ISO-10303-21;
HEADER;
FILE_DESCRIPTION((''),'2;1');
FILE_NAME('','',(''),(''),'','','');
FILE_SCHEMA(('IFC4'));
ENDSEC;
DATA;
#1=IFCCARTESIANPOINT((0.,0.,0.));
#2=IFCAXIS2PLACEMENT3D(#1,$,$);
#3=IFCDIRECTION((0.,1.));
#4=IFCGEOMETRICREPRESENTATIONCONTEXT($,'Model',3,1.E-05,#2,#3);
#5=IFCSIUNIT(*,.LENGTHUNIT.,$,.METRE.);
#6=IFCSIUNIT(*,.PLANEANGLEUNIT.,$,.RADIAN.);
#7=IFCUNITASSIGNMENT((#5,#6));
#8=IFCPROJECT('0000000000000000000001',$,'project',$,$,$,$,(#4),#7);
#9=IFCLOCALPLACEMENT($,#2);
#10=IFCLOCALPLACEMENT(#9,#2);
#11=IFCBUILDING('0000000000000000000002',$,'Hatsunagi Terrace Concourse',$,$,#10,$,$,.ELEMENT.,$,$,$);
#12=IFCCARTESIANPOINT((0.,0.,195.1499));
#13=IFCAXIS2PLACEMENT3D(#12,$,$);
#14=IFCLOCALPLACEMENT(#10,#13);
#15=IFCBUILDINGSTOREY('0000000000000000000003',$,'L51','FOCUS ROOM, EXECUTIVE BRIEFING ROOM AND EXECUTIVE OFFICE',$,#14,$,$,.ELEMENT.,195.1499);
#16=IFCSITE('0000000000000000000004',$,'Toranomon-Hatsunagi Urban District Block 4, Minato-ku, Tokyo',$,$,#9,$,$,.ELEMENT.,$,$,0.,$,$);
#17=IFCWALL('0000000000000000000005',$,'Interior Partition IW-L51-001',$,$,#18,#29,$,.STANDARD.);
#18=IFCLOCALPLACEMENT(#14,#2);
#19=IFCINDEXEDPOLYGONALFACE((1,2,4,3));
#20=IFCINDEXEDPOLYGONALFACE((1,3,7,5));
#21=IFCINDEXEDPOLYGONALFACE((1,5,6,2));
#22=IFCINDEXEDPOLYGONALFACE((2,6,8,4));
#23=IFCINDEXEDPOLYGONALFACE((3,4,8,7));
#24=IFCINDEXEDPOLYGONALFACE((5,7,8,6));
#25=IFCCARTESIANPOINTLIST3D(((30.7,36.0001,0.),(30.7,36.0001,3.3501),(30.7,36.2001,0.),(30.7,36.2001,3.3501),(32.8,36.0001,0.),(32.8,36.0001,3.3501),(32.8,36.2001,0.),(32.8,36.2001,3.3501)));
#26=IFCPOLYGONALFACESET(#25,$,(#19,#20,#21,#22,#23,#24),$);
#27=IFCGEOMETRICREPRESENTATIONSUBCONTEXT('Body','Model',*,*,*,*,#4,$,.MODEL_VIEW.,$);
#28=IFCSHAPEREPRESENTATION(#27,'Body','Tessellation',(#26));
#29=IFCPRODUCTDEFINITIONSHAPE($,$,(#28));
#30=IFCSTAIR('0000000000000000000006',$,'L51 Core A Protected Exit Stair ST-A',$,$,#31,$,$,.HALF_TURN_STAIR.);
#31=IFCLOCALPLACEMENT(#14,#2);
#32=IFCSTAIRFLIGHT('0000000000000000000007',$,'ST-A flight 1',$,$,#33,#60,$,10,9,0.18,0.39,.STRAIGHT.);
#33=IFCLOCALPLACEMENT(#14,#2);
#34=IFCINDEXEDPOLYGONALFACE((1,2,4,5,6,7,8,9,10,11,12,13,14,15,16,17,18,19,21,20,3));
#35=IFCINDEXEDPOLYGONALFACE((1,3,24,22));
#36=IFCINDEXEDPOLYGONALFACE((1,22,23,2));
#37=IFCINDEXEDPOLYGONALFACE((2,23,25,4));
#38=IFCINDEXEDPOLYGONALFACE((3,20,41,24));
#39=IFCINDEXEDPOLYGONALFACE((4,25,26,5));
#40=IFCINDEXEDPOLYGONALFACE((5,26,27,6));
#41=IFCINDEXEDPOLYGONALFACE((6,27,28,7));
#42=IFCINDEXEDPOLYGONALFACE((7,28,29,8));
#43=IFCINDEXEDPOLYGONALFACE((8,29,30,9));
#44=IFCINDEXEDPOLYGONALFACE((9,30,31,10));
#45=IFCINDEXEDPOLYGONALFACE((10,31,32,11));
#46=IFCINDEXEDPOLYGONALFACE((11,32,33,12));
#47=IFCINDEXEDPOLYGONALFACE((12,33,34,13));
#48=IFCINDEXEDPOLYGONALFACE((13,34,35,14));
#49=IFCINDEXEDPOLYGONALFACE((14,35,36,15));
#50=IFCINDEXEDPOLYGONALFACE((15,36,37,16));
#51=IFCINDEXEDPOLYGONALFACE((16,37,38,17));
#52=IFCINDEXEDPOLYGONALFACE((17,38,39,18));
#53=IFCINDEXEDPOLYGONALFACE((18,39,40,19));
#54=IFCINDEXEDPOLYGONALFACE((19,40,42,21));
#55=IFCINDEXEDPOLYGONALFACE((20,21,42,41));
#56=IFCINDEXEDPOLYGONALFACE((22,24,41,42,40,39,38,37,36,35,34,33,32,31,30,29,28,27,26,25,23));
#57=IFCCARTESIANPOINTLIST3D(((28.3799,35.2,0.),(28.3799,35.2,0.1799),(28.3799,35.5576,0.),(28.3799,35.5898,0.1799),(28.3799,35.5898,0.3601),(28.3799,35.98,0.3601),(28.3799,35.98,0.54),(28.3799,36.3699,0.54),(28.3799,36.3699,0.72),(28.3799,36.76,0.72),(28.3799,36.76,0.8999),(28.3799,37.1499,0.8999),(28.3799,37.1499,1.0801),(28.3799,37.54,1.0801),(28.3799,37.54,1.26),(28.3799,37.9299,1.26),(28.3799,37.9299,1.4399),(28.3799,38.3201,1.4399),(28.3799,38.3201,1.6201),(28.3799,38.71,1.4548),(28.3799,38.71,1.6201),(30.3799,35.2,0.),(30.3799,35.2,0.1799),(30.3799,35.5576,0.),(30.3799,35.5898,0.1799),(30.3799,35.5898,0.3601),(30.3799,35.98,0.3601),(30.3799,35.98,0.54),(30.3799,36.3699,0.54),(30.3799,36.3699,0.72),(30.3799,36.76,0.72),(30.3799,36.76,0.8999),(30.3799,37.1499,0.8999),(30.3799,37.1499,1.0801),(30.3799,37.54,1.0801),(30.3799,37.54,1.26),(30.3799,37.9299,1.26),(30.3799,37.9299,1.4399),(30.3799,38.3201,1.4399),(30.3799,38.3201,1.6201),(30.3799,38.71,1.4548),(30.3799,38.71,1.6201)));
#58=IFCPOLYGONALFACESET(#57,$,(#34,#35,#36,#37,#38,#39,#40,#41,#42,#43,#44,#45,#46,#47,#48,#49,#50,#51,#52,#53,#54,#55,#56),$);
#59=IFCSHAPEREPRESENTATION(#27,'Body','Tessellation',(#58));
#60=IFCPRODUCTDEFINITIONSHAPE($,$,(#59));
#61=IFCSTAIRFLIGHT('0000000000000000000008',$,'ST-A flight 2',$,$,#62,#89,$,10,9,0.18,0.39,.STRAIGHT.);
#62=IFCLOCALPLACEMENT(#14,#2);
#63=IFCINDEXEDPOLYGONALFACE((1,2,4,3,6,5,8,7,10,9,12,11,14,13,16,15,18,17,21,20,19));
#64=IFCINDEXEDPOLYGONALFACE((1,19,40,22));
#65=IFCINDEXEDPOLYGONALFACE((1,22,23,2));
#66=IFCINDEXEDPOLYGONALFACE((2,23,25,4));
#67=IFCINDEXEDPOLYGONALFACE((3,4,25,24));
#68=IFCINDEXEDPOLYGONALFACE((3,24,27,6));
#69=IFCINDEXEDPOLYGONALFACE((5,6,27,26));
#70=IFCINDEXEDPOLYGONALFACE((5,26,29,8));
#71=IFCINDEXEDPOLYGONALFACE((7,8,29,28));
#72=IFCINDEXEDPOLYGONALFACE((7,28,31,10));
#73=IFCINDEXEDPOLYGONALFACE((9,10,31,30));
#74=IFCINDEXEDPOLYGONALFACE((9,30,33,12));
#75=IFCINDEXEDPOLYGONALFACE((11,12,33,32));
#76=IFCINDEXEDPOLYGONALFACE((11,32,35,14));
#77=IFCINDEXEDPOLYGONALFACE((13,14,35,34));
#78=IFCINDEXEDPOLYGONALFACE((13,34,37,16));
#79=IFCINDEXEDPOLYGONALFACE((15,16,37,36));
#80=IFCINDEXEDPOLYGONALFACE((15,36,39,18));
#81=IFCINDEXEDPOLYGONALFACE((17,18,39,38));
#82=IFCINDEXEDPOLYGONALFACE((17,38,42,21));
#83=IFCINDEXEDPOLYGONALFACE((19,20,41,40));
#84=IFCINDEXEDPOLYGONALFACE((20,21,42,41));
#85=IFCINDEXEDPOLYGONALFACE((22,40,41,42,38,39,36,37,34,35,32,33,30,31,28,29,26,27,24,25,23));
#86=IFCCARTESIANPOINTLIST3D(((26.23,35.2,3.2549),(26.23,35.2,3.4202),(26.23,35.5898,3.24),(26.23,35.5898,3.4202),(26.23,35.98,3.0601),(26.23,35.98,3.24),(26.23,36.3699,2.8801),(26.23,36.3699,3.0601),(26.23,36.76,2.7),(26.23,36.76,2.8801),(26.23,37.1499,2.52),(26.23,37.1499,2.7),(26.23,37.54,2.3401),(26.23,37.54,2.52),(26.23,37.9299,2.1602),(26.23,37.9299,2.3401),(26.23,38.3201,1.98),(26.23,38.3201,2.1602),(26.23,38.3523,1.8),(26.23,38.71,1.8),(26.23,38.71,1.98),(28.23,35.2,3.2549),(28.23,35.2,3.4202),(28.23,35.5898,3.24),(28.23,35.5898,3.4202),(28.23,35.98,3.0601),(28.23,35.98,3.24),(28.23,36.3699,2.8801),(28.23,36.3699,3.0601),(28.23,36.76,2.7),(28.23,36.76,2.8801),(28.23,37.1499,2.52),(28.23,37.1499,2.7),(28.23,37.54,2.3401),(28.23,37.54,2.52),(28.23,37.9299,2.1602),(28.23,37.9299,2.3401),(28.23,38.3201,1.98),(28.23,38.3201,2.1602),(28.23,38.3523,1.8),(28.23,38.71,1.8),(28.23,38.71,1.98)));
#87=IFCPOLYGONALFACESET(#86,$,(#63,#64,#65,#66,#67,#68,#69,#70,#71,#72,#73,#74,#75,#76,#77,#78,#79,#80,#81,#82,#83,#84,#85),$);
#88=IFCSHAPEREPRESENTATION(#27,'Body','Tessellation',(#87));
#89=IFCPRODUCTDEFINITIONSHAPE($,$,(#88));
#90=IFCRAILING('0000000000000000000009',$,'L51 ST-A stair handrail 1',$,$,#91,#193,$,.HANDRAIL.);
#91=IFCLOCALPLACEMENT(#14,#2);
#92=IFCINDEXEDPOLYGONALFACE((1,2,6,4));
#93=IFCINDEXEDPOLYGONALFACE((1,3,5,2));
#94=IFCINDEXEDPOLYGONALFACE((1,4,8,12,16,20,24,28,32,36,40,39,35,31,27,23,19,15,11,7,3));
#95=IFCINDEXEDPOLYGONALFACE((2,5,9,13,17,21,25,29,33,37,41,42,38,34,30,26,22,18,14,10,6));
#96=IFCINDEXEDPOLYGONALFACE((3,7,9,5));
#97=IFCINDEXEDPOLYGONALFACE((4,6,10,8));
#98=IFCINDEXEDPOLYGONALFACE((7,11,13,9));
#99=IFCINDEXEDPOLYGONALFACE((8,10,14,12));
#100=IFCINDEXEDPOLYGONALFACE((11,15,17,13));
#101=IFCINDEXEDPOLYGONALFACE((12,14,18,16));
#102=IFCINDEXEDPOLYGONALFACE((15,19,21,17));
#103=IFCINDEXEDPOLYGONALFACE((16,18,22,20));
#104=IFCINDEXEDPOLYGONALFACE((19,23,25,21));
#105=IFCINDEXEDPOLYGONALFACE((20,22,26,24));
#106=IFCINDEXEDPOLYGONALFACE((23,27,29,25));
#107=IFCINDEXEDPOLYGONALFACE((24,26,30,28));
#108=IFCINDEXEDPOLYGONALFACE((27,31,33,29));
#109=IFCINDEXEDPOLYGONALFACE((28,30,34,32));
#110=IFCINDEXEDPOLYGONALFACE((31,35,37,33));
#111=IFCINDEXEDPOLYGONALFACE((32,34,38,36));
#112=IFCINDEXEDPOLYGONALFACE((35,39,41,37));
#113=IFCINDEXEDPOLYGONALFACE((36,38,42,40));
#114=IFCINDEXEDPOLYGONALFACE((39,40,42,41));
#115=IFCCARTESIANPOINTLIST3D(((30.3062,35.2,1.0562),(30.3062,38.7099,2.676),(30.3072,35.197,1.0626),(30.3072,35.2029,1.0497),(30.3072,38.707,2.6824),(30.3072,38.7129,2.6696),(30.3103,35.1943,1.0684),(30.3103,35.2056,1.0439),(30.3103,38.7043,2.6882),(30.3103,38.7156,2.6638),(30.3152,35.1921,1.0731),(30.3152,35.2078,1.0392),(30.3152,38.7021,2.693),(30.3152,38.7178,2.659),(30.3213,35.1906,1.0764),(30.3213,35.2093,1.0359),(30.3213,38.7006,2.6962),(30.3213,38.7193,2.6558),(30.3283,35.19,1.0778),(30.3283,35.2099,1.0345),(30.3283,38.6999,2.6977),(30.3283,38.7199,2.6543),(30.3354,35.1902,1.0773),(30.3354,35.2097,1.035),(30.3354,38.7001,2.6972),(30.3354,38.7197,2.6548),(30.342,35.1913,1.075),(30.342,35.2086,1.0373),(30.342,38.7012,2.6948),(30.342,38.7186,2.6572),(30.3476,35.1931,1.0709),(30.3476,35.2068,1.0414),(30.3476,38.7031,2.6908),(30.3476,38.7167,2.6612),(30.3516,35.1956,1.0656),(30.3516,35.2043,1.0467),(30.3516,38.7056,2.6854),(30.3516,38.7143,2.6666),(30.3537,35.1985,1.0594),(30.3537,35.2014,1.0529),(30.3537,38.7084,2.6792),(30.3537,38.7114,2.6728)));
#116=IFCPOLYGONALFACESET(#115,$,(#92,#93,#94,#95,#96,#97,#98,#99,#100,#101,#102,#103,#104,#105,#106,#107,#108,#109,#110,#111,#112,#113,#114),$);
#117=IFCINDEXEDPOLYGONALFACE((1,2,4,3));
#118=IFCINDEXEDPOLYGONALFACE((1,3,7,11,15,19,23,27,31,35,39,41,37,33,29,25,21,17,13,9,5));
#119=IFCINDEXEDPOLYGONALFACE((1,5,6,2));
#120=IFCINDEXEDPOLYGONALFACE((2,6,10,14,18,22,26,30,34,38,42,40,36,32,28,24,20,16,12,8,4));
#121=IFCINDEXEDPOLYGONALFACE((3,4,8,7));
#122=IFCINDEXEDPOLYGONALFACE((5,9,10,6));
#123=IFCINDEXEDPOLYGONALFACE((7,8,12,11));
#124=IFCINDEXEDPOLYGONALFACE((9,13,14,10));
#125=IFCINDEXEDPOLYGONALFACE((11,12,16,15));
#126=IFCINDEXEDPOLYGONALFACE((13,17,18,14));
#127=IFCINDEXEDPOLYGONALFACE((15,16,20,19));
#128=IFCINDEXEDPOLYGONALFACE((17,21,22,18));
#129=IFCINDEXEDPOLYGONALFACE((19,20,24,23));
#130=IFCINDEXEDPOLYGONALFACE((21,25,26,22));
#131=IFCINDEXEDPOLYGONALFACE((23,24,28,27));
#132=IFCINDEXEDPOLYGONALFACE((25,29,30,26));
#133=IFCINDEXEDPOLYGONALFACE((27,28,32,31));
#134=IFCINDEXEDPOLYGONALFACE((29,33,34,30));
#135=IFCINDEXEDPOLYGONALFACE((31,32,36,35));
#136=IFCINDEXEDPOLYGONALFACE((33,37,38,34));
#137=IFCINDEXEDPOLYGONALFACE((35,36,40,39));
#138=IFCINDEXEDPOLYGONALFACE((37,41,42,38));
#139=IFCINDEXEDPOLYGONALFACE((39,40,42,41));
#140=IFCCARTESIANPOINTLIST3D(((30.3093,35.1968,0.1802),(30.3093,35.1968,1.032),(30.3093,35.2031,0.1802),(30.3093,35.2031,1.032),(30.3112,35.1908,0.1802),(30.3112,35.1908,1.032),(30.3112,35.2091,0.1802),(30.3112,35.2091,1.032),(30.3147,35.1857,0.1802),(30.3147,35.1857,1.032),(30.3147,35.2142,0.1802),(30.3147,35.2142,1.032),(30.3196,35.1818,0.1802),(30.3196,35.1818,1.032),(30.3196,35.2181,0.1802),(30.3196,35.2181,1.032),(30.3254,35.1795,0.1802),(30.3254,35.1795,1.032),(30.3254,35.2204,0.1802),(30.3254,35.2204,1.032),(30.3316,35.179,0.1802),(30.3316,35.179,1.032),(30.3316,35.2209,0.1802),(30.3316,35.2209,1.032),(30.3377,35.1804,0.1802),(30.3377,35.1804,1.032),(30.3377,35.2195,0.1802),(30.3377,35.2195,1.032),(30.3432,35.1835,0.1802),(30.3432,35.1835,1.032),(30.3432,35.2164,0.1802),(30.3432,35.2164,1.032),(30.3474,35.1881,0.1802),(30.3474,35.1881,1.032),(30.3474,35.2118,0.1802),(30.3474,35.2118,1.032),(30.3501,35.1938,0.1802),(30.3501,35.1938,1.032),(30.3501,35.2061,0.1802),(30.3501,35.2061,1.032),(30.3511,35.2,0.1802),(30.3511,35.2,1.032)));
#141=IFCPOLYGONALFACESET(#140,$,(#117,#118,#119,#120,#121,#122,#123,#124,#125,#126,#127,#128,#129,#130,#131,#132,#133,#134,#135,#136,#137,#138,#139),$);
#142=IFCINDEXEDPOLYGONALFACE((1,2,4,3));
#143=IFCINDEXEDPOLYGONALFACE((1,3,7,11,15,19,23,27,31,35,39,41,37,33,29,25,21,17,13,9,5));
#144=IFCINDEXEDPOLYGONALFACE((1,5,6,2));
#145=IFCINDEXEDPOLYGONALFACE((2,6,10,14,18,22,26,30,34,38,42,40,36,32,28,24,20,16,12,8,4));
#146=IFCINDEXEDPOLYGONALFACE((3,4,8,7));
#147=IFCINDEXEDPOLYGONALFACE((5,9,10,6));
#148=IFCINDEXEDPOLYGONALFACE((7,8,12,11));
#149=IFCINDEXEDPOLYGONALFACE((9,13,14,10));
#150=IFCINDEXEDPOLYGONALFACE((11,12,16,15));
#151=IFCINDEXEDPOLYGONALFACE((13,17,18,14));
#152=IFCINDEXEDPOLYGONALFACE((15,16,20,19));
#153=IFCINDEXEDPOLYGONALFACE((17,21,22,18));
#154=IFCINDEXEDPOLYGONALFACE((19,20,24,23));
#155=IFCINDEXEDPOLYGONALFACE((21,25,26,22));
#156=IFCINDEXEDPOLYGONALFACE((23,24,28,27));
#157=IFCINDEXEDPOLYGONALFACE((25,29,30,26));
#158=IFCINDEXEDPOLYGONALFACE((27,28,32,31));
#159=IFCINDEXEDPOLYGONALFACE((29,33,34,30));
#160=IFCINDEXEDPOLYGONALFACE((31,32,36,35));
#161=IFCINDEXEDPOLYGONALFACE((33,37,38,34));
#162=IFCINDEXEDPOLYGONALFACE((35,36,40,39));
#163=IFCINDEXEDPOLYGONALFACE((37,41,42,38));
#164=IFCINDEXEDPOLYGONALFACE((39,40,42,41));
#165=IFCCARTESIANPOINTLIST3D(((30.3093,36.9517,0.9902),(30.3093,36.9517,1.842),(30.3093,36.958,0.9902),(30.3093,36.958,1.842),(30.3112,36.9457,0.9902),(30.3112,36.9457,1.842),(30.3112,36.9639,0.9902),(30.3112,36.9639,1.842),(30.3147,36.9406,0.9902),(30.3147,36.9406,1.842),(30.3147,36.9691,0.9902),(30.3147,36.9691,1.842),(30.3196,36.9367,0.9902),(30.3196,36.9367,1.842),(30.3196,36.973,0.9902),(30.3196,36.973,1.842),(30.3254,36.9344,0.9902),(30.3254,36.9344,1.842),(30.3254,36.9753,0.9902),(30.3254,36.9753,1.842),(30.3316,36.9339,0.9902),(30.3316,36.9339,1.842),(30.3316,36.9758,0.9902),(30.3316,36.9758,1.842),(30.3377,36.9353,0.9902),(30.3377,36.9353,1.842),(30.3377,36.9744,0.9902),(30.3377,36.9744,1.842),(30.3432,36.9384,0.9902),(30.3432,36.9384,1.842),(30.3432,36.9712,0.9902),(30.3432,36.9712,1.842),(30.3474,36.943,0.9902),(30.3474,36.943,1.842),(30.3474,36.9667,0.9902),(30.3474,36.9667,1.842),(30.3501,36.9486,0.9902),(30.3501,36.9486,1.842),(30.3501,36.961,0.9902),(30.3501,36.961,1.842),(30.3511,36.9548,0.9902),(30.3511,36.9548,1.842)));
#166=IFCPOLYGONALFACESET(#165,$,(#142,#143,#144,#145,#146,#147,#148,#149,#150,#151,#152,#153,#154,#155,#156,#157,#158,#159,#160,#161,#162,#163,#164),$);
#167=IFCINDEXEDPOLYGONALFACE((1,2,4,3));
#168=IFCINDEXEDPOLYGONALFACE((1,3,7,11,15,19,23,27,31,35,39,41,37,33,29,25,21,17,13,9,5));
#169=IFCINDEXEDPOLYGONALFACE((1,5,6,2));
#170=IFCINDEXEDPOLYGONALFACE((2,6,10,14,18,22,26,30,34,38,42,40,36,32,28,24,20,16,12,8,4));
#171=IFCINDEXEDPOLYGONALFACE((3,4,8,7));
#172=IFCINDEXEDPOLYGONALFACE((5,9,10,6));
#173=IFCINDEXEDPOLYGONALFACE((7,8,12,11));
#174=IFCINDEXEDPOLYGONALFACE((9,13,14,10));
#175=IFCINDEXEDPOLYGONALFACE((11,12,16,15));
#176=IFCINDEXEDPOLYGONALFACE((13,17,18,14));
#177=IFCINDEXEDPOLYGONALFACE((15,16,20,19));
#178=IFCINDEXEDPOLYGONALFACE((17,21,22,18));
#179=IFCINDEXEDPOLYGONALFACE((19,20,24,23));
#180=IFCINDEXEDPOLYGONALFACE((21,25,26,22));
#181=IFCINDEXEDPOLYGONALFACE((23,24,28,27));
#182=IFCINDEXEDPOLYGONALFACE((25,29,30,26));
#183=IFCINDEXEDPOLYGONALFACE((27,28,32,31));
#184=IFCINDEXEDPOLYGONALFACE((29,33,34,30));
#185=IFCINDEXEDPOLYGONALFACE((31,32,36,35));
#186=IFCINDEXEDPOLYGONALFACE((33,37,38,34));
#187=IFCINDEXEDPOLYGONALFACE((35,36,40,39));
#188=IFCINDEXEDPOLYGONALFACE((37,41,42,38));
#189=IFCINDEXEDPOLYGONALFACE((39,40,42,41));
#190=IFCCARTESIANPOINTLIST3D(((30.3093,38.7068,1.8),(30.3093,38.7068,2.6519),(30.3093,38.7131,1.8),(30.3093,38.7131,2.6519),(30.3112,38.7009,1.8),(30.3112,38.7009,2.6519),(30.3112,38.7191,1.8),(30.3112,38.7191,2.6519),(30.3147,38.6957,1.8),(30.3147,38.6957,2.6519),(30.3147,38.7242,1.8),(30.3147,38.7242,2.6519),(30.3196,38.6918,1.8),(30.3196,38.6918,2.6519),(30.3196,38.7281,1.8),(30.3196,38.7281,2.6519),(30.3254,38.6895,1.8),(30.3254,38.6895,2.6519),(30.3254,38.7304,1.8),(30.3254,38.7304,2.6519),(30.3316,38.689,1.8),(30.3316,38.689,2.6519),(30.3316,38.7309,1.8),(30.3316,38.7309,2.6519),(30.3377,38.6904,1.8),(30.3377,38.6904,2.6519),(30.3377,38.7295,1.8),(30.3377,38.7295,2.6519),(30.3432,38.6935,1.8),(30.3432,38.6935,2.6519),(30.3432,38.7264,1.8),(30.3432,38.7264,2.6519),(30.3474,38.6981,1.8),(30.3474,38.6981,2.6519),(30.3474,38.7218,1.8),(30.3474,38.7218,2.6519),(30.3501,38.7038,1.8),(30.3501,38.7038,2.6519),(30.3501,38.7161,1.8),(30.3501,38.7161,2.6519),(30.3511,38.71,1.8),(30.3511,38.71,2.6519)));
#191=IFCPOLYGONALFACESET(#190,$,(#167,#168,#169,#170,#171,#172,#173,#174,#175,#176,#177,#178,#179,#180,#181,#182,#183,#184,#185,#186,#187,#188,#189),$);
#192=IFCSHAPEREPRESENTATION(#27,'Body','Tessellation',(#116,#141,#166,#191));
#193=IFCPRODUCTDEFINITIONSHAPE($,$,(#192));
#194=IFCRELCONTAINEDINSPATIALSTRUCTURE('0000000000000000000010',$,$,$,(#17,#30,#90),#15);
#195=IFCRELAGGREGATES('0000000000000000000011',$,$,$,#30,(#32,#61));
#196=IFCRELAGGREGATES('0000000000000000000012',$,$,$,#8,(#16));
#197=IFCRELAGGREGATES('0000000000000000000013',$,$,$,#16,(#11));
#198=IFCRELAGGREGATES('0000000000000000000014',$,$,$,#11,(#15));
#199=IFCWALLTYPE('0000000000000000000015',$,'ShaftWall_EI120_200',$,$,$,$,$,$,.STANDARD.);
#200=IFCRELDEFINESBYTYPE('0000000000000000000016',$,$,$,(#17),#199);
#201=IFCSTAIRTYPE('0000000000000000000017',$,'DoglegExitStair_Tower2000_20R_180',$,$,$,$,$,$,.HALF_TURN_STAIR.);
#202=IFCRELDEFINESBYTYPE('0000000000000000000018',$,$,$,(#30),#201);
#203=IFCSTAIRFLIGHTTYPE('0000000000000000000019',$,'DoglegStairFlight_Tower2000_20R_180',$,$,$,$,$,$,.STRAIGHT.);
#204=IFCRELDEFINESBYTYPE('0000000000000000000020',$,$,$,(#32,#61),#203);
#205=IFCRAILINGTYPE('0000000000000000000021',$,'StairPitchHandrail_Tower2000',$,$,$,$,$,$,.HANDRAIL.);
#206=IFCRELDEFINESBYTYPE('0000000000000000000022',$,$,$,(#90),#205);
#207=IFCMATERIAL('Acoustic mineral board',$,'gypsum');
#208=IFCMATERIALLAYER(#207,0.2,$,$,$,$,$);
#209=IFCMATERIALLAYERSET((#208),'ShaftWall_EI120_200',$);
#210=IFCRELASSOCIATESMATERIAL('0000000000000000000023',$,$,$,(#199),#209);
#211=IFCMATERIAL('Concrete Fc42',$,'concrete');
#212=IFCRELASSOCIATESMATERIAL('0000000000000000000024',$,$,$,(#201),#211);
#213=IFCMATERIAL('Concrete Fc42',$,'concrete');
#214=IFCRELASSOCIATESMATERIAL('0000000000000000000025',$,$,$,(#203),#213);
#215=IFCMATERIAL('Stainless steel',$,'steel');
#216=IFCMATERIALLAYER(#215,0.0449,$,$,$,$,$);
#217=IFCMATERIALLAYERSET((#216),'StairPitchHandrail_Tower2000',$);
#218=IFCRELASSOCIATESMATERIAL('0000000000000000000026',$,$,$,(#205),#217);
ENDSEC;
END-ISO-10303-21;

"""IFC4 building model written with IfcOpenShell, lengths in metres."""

from ifc_helpers import new_model, si_unit, direction, frame, frame_2d, origin, origin_2d, place, context, subcontext, project, spatial, polyline, rectangle, circle, outline, extrude, material, layer, layer_set, type_object, element, aggregate, save


model = new_model("IFC4")

# Units and contexts
model_context = context("Model", 3, precision=1e-05, world=origin(), true_north=direction((0.0, 1.0)))
body_context = subcontext(model_context, "Body", "Model", "MODEL_VIEW")
ifc_project = project(units=[si_unit("LENGTHUNIT", "METRE"), si_unit("PLANEANGLEUNIT", "RADIAN")], contexts=[model_context])

# Site, building, storey
site_placement = place(None, origin())
site = spatial("IfcSite", under=ifc_project, at=site_placement, Name="Toranomon-Hatsunagi Urban District Block 4, Minato-ku, Tokyo", CompositionType="ELEMENT", RefElevation=0.0)
building_placement = place(site_placement, origin())
building = spatial("IfcBuilding", under=site, at=building_placement, Name="Hatsunagi Terrace Concourse", CompositionType="ELEMENT")
storey_placement = place(building_placement, frame((0.0, 0.0, 195.1499)))
storey = spatial("IfcBuildingStorey", under=building, at=storey_placement, Name="L51", Description="FOCUS ROOM, EXECUTIVE BRIEFING ROOM AND EXECUTIVE OFFICE", CompositionType="ELEMENT", Elevation=195.1499)

# Wall
ifc_material_1 = material(Name="Acoustic mineral board", Category="gypsum")
ifc_layer_1 = layer(ifc_material_1, 0.2)
ifc_layer_set_1 = layer_set([ifc_layer_1], Name="ShaftWall_EI120_200")
wall_type_1 = type_object("IfcWallType", Name="ShaftWall_EI120_200", PredefinedType="STANDARD", material=ifc_layer_set_1)
wall_1_placement = place(storey_placement, frame((30.7, 36.1001, 0.0), z_axis=(0.0, 0.0, 1.0), x_axis=(1.0, 0.0, 0.0)))
element("IfcWall", 1, at=wall_1_placement, inside=storey, type_object=wall_type_1, Name="Interior Partition IW-L51-001", PredefinedType="STANDARD", context=body_context, shape_type="SweptSolid", body=[
    extrude(rectangle(XDim=2.1001, YDim=0.2, at=frame_2d((1.05, 0.0))), origin(), (0.0, 0.0, 1.0), 3.3501),
])

# Stair, stair flights
ifc_material_2 = material(Name="Concrete Fc42", Category="concrete")
stair_type = type_object("IfcStairType", Name="DoglegExitStair_Tower2000_20R_180", PredefinedType="HALF_TURN_STAIR", material=ifc_material_2)
stair_placement = place(storey_placement, origin())
stair = element("IfcStair", 2, at=stair_placement, inside=storey, type_object=stair_type, Name="L51 Core A Protected Exit Stair ST-A", PredefinedType="HALF_TURN_STAIR")
ifc_material_3 = material(Name="Concrete Fc42", Category="concrete")
stair_flight_type = type_object("IfcStairFlightType", Name="DoglegStairFlight_Tower2000_20R_180", PredefinedType="STRAIGHT", material=ifc_material_3)
stair_flight_1_placement = place(storey_placement, frame((29.3799, 35.2, 0.0), z_axis=(0.0, 0.0, 1.0), x_axis=(0.0, 1.0, 0.0)))
stair_flight_1 = element("IfcStairFlight", 3, at=stair_flight_1_placement, type_object=stair_flight_type, Name="ST-A flight 1", NumberOfRisers=10, NumberOfTreads=9, PredefinedType="STRAIGHT", RiserHeight=0.18, TreadLength=0.39, context=body_context, shape_type="SweptSolid", body=[
    extrude(outline(polyline([(0.0, 0.0), (0.0, 0.1799), (0.3899, 0.1799), (0.3899, 0.3601), (0.78, 0.3601), (0.78, 0.54), (1.1699, 0.54), (1.1699, 0.72), (1.5601, 0.72), (1.5601, 0.8999), (1.95, 0.8999), (1.95, 1.0801), (2.3401, 1.0801), (2.3401, 1.26), (2.73, 1.26), (2.73, 1.4399), (3.1201, 1.4399), (3.1201, 1.6201), (3.51, 1.6201), (3.51, 1.8), (3.51, 1.4548), (0.3577, 0.0), (0.0, 0.0)])), frame((0.0, 1.0, 0.0), z_axis=(0.0, -1.0, 0.0), x_axis=(1.0, 0.0, 0.0)), (0.0, 0.0, 1.0), 2.0),
])
stair_flight_2_placement = place(storey_placement, frame((27.23, 38.71, 1.8), z_axis=(0.0, 0.0, 1.0), x_axis=(0.0, -1.0, 0.0)))
stair_flight_2 = element("IfcStairFlight", 4, at=stair_flight_2_placement, type_object=stair_flight_type, Name="ST-A flight 2", NumberOfRisers=10, NumberOfTreads=9, PredefinedType="STRAIGHT", RiserHeight=0.18, TreadLength=0.39, context=body_context, shape_type="SweptSolid", body=[
    extrude(outline(polyline([(0.0, 0.0), (0.0, 0.1799), (0.3899, 0.1799), (0.3899, 0.3601), (0.78, 0.3601), (0.78, 0.54), (1.1699, 0.54), (1.1699, 0.72), (1.5601, 0.72), (1.5601, 0.8999), (1.95, 0.8999), (1.95, 1.0801), (2.3401, 1.0801), (2.3401, 1.26), (2.73, 1.26), (2.73, 1.4399), (3.1201, 1.4399), (3.1201, 1.6201), (3.51, 1.6201), (3.51, 1.8), (3.51, 1.4548), (0.3577, 0.0), (0.0, 0.0)])), frame((0.0, 1.0, 0.0), z_axis=(0.0, -1.0, 0.0), x_axis=(1.0, 0.0, 0.0)), (0.0, 0.0, 1.0), 2.0),
])
aggregate(stair, [stair_flight_1, stair_flight_2])

# Railing
ifc_material_4 = material(Name="Stainless steel", Category="steel")
ifc_layer_2 = layer(ifc_material_4, 0.0449)
ifc_layer_set_2 = layer_set([ifc_layer_2], Name="StairPitchHandrail_Tower2000")
railing_type_1 = type_object("IfcRailingType", Name="StairPitchHandrail_Tower2000", PredefinedType="HANDRAIL", material=ifc_layer_set_2)
railing_1_placement = place(storey_placement, frame((30.3301, 35.2, 0.1802)))
element("IfcRailing", 5, at=railing_1_placement, inside=storey, type_object=railing_type_1, Name="L51 ST-A stair handrail 1", PredefinedType="HANDRAIL", context=body_context, shape_type="SweptSolid", body=[
    extrude(circle(Radius=0.0239, at=origin_2d()), frame((0.0, 0.0, 0.876), z_axis=(0.0, 0.907972, 0.41903), x_axis=(-1.0, 0.0, 0.0)), (0.0, 0.0, 1.0), 3.8657),
    extrude(circle(Radius=0.021, at=origin_2d()), origin(), (0.0, 0.0, 1.0), 0.8518),
    extrude(circle(Radius=0.021, at=origin_2d()), frame((0.0, 1.7549, 0.8101)), (0.0, 0.0, 1.0), 0.8518),
    extrude(circle(Radius=0.021, at=origin_2d()), frame((0.0, 3.51, 1.6199)), (0.0, 0.0, 1.0), 0.8518),
])

save(model, "model.ifc")
